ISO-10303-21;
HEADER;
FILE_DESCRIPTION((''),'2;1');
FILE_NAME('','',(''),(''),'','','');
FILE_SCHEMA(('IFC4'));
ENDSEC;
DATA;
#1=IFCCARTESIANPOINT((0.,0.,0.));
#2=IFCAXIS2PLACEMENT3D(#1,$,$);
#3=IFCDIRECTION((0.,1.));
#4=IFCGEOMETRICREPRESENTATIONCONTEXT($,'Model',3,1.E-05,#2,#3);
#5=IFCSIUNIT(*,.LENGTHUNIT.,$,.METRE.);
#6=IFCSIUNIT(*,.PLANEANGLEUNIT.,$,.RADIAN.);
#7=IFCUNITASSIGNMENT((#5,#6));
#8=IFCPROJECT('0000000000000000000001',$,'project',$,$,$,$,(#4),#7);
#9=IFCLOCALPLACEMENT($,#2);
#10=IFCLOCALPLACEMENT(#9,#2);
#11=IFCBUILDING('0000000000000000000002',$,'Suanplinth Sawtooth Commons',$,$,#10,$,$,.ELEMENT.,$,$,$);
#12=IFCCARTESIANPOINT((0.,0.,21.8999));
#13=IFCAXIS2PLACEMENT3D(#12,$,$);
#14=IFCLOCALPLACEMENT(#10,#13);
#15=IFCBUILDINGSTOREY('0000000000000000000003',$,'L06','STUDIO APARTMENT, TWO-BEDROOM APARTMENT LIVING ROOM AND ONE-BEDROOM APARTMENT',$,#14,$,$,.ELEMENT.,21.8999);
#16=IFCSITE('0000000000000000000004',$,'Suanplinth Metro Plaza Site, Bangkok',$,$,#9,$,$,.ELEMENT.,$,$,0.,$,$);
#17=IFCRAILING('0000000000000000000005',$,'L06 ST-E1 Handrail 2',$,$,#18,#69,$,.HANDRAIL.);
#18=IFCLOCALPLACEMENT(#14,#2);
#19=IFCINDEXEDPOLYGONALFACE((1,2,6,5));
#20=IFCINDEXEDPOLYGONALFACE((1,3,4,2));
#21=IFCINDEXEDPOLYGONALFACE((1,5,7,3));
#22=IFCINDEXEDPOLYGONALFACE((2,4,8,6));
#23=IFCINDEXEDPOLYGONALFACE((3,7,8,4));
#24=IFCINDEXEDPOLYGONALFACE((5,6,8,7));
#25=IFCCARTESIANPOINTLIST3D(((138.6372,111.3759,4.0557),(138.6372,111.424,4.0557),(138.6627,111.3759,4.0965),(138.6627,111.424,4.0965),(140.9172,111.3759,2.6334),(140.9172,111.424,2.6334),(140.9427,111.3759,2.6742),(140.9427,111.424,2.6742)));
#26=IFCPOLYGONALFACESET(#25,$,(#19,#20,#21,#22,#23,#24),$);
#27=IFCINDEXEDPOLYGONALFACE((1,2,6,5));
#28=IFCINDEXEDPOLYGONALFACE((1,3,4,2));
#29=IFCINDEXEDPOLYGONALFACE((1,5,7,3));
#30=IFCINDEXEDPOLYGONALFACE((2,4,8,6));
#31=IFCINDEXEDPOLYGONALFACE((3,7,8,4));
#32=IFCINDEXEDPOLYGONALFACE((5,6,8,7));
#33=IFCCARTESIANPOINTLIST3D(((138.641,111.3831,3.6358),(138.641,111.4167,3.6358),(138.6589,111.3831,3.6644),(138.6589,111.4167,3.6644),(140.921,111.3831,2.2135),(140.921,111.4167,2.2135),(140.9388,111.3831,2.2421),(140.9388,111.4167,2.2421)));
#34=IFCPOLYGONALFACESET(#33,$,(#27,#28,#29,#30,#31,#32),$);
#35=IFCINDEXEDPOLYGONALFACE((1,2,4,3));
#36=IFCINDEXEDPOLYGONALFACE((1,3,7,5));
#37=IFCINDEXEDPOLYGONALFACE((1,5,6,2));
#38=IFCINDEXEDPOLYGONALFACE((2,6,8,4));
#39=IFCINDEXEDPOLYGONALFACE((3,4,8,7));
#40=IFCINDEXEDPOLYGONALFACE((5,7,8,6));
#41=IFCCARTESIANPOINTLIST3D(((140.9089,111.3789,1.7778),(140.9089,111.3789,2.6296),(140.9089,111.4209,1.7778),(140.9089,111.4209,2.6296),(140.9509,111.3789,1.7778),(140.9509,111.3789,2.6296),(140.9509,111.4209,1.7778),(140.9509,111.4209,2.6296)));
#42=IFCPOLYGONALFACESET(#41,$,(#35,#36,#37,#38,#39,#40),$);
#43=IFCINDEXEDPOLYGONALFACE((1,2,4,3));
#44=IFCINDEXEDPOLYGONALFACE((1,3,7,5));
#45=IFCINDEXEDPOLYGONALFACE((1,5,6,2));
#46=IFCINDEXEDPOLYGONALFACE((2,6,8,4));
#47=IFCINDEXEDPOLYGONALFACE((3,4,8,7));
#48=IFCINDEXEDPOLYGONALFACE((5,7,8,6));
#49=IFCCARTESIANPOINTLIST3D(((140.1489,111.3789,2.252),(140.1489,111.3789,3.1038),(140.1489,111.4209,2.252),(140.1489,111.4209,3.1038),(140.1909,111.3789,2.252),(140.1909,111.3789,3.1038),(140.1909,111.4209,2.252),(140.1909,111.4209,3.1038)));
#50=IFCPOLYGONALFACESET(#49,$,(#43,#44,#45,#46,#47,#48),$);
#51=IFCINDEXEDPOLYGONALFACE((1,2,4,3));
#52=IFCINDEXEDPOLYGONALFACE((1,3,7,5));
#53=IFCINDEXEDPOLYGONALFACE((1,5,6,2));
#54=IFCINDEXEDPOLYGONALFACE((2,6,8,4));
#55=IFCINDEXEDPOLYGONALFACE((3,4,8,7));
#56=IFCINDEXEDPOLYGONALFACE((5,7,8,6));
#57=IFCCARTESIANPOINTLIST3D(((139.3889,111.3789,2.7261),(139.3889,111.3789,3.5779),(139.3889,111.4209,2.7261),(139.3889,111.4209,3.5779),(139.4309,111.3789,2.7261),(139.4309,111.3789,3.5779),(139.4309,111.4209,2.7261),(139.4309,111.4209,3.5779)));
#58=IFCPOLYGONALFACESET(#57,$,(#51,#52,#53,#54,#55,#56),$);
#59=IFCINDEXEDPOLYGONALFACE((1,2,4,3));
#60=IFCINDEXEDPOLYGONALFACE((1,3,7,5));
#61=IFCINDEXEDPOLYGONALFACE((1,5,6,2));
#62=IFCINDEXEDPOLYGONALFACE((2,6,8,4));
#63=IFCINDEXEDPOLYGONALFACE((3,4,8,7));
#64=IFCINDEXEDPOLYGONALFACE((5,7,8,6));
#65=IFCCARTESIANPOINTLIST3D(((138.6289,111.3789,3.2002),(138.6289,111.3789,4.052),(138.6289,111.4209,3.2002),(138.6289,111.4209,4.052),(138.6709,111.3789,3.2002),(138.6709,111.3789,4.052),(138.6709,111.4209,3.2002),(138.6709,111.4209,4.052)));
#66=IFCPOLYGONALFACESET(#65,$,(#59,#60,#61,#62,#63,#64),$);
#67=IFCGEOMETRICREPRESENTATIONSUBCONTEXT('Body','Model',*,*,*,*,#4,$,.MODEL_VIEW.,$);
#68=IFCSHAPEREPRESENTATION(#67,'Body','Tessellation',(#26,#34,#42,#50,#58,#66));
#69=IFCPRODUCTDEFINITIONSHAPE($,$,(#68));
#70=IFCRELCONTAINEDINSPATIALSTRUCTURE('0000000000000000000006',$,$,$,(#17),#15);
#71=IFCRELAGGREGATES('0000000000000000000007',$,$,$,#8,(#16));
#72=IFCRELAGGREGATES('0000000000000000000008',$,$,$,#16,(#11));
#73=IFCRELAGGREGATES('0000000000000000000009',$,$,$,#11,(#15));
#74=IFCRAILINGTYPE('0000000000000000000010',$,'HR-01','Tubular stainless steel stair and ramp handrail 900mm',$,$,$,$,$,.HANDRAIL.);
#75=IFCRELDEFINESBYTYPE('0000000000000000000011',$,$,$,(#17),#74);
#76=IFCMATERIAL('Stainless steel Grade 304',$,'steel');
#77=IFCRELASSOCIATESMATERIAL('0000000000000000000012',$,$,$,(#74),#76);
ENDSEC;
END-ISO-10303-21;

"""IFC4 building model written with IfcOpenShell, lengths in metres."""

from ifc_helpers import new_model, si_unit, direction, frame, origin, origin_2d, place, context, subcontext, project, spatial, rectangle, extrude, material, type_object, element, save


model = new_model("IFC4")

# Units and contexts
model_context = context("Model", 3, precision=1e-05, world=origin(), true_north=direction((0.0, 1.0)))
body_context = subcontext(model_context, "Body", "Model", "MODEL_VIEW")
ifc_project = project(units=[si_unit("LENGTHUNIT", "METRE"), si_unit("PLANEANGLEUNIT", "RADIAN")], contexts=[model_context])

# Site, building, storey
site_placement = place(None, origin())
site = spatial("IfcSite", under=ifc_project, at=site_placement, Name="Suanplinth Metro Plaza Site, Bangkok", CompositionType="ELEMENT", RefElevation=0.0)
building_placement = place(site_placement, origin())
building = spatial("IfcBuilding", under=site, at=building_placement, Name="Suanplinth Sawtooth Commons", CompositionType="ELEMENT")
storey_placement = place(building_placement, frame((0.0, 0.0, 21.8999)))
storey = spatial("IfcBuildingStorey", under=building, at=storey_placement, Name="L06", Description="STUDIO APARTMENT, TWO-BEDROOM APARTMENT LIVING ROOM AND ONE-BEDROOM APARTMENT", CompositionType="ELEMENT", Elevation=21.8999)

# Railing
ifc_material_1 = material(Name="Stainless steel Grade 304", Category="steel")
railing_type = type_object("IfcRailingType", Name="HR-01", Description="Tubular stainless steel stair and ramp handrail 900mm", PredefinedType="HANDRAIL", material=ifc_material_1)
railing_placement = place(storey_placement, frame((140.9299, 111.3999, 1.7778)))
element("IfcRailing", 1, at=railing_placement, inside=storey, type_object=railing_type, Name="L06 ST-E1 Handrail 2", PredefinedType="HANDRAIL", context=body_context, shape_type="SweptSolid", body=[
    extrude(rectangle(XDim=0.0481, YDim=0.0481, at=origin_2d()), frame((0.0, 0.0, 0.876), z_axis=(-0.848442, 0.0, 0.529288), x_axis=(0.0, -1.0, 0.0)), (0.0, 0.0, 1.0), 2.6873),
    extrude(rectangle(XDim=0.0337, YDim=0.0337, at=origin_2d()), frame((0.0, 0.0, 0.45), z_axis=(-0.848442, 0.0, 0.529288), x_axis=(0.0, -1.0, 0.0)), (0.0, 0.0, 1.0), 2.6873),
    extrude(rectangle(XDim=0.042, YDim=0.042, at=origin_2d()), origin(), (0.0, 0.0, 1.0), 0.8518),
    extrude(rectangle(XDim=0.042, YDim=0.042, at=origin_2d()), frame((-0.76, 0.0, 0.4741)), (0.0, 0.0, 1.0), 0.8518),
    extrude(rectangle(XDim=0.042, YDim=0.042, at=origin_2d()), frame((-1.52, 0.0, 0.9482)), (0.0, 0.0, 1.0), 0.8518),
    extrude(rectangle(XDim=0.042, YDim=0.042, at=origin_2d()), frame((-2.28, 0.0, 1.4224)), (0.0, 0.0, 1.0), 0.8518),
])

save(model, "model.ifc")
